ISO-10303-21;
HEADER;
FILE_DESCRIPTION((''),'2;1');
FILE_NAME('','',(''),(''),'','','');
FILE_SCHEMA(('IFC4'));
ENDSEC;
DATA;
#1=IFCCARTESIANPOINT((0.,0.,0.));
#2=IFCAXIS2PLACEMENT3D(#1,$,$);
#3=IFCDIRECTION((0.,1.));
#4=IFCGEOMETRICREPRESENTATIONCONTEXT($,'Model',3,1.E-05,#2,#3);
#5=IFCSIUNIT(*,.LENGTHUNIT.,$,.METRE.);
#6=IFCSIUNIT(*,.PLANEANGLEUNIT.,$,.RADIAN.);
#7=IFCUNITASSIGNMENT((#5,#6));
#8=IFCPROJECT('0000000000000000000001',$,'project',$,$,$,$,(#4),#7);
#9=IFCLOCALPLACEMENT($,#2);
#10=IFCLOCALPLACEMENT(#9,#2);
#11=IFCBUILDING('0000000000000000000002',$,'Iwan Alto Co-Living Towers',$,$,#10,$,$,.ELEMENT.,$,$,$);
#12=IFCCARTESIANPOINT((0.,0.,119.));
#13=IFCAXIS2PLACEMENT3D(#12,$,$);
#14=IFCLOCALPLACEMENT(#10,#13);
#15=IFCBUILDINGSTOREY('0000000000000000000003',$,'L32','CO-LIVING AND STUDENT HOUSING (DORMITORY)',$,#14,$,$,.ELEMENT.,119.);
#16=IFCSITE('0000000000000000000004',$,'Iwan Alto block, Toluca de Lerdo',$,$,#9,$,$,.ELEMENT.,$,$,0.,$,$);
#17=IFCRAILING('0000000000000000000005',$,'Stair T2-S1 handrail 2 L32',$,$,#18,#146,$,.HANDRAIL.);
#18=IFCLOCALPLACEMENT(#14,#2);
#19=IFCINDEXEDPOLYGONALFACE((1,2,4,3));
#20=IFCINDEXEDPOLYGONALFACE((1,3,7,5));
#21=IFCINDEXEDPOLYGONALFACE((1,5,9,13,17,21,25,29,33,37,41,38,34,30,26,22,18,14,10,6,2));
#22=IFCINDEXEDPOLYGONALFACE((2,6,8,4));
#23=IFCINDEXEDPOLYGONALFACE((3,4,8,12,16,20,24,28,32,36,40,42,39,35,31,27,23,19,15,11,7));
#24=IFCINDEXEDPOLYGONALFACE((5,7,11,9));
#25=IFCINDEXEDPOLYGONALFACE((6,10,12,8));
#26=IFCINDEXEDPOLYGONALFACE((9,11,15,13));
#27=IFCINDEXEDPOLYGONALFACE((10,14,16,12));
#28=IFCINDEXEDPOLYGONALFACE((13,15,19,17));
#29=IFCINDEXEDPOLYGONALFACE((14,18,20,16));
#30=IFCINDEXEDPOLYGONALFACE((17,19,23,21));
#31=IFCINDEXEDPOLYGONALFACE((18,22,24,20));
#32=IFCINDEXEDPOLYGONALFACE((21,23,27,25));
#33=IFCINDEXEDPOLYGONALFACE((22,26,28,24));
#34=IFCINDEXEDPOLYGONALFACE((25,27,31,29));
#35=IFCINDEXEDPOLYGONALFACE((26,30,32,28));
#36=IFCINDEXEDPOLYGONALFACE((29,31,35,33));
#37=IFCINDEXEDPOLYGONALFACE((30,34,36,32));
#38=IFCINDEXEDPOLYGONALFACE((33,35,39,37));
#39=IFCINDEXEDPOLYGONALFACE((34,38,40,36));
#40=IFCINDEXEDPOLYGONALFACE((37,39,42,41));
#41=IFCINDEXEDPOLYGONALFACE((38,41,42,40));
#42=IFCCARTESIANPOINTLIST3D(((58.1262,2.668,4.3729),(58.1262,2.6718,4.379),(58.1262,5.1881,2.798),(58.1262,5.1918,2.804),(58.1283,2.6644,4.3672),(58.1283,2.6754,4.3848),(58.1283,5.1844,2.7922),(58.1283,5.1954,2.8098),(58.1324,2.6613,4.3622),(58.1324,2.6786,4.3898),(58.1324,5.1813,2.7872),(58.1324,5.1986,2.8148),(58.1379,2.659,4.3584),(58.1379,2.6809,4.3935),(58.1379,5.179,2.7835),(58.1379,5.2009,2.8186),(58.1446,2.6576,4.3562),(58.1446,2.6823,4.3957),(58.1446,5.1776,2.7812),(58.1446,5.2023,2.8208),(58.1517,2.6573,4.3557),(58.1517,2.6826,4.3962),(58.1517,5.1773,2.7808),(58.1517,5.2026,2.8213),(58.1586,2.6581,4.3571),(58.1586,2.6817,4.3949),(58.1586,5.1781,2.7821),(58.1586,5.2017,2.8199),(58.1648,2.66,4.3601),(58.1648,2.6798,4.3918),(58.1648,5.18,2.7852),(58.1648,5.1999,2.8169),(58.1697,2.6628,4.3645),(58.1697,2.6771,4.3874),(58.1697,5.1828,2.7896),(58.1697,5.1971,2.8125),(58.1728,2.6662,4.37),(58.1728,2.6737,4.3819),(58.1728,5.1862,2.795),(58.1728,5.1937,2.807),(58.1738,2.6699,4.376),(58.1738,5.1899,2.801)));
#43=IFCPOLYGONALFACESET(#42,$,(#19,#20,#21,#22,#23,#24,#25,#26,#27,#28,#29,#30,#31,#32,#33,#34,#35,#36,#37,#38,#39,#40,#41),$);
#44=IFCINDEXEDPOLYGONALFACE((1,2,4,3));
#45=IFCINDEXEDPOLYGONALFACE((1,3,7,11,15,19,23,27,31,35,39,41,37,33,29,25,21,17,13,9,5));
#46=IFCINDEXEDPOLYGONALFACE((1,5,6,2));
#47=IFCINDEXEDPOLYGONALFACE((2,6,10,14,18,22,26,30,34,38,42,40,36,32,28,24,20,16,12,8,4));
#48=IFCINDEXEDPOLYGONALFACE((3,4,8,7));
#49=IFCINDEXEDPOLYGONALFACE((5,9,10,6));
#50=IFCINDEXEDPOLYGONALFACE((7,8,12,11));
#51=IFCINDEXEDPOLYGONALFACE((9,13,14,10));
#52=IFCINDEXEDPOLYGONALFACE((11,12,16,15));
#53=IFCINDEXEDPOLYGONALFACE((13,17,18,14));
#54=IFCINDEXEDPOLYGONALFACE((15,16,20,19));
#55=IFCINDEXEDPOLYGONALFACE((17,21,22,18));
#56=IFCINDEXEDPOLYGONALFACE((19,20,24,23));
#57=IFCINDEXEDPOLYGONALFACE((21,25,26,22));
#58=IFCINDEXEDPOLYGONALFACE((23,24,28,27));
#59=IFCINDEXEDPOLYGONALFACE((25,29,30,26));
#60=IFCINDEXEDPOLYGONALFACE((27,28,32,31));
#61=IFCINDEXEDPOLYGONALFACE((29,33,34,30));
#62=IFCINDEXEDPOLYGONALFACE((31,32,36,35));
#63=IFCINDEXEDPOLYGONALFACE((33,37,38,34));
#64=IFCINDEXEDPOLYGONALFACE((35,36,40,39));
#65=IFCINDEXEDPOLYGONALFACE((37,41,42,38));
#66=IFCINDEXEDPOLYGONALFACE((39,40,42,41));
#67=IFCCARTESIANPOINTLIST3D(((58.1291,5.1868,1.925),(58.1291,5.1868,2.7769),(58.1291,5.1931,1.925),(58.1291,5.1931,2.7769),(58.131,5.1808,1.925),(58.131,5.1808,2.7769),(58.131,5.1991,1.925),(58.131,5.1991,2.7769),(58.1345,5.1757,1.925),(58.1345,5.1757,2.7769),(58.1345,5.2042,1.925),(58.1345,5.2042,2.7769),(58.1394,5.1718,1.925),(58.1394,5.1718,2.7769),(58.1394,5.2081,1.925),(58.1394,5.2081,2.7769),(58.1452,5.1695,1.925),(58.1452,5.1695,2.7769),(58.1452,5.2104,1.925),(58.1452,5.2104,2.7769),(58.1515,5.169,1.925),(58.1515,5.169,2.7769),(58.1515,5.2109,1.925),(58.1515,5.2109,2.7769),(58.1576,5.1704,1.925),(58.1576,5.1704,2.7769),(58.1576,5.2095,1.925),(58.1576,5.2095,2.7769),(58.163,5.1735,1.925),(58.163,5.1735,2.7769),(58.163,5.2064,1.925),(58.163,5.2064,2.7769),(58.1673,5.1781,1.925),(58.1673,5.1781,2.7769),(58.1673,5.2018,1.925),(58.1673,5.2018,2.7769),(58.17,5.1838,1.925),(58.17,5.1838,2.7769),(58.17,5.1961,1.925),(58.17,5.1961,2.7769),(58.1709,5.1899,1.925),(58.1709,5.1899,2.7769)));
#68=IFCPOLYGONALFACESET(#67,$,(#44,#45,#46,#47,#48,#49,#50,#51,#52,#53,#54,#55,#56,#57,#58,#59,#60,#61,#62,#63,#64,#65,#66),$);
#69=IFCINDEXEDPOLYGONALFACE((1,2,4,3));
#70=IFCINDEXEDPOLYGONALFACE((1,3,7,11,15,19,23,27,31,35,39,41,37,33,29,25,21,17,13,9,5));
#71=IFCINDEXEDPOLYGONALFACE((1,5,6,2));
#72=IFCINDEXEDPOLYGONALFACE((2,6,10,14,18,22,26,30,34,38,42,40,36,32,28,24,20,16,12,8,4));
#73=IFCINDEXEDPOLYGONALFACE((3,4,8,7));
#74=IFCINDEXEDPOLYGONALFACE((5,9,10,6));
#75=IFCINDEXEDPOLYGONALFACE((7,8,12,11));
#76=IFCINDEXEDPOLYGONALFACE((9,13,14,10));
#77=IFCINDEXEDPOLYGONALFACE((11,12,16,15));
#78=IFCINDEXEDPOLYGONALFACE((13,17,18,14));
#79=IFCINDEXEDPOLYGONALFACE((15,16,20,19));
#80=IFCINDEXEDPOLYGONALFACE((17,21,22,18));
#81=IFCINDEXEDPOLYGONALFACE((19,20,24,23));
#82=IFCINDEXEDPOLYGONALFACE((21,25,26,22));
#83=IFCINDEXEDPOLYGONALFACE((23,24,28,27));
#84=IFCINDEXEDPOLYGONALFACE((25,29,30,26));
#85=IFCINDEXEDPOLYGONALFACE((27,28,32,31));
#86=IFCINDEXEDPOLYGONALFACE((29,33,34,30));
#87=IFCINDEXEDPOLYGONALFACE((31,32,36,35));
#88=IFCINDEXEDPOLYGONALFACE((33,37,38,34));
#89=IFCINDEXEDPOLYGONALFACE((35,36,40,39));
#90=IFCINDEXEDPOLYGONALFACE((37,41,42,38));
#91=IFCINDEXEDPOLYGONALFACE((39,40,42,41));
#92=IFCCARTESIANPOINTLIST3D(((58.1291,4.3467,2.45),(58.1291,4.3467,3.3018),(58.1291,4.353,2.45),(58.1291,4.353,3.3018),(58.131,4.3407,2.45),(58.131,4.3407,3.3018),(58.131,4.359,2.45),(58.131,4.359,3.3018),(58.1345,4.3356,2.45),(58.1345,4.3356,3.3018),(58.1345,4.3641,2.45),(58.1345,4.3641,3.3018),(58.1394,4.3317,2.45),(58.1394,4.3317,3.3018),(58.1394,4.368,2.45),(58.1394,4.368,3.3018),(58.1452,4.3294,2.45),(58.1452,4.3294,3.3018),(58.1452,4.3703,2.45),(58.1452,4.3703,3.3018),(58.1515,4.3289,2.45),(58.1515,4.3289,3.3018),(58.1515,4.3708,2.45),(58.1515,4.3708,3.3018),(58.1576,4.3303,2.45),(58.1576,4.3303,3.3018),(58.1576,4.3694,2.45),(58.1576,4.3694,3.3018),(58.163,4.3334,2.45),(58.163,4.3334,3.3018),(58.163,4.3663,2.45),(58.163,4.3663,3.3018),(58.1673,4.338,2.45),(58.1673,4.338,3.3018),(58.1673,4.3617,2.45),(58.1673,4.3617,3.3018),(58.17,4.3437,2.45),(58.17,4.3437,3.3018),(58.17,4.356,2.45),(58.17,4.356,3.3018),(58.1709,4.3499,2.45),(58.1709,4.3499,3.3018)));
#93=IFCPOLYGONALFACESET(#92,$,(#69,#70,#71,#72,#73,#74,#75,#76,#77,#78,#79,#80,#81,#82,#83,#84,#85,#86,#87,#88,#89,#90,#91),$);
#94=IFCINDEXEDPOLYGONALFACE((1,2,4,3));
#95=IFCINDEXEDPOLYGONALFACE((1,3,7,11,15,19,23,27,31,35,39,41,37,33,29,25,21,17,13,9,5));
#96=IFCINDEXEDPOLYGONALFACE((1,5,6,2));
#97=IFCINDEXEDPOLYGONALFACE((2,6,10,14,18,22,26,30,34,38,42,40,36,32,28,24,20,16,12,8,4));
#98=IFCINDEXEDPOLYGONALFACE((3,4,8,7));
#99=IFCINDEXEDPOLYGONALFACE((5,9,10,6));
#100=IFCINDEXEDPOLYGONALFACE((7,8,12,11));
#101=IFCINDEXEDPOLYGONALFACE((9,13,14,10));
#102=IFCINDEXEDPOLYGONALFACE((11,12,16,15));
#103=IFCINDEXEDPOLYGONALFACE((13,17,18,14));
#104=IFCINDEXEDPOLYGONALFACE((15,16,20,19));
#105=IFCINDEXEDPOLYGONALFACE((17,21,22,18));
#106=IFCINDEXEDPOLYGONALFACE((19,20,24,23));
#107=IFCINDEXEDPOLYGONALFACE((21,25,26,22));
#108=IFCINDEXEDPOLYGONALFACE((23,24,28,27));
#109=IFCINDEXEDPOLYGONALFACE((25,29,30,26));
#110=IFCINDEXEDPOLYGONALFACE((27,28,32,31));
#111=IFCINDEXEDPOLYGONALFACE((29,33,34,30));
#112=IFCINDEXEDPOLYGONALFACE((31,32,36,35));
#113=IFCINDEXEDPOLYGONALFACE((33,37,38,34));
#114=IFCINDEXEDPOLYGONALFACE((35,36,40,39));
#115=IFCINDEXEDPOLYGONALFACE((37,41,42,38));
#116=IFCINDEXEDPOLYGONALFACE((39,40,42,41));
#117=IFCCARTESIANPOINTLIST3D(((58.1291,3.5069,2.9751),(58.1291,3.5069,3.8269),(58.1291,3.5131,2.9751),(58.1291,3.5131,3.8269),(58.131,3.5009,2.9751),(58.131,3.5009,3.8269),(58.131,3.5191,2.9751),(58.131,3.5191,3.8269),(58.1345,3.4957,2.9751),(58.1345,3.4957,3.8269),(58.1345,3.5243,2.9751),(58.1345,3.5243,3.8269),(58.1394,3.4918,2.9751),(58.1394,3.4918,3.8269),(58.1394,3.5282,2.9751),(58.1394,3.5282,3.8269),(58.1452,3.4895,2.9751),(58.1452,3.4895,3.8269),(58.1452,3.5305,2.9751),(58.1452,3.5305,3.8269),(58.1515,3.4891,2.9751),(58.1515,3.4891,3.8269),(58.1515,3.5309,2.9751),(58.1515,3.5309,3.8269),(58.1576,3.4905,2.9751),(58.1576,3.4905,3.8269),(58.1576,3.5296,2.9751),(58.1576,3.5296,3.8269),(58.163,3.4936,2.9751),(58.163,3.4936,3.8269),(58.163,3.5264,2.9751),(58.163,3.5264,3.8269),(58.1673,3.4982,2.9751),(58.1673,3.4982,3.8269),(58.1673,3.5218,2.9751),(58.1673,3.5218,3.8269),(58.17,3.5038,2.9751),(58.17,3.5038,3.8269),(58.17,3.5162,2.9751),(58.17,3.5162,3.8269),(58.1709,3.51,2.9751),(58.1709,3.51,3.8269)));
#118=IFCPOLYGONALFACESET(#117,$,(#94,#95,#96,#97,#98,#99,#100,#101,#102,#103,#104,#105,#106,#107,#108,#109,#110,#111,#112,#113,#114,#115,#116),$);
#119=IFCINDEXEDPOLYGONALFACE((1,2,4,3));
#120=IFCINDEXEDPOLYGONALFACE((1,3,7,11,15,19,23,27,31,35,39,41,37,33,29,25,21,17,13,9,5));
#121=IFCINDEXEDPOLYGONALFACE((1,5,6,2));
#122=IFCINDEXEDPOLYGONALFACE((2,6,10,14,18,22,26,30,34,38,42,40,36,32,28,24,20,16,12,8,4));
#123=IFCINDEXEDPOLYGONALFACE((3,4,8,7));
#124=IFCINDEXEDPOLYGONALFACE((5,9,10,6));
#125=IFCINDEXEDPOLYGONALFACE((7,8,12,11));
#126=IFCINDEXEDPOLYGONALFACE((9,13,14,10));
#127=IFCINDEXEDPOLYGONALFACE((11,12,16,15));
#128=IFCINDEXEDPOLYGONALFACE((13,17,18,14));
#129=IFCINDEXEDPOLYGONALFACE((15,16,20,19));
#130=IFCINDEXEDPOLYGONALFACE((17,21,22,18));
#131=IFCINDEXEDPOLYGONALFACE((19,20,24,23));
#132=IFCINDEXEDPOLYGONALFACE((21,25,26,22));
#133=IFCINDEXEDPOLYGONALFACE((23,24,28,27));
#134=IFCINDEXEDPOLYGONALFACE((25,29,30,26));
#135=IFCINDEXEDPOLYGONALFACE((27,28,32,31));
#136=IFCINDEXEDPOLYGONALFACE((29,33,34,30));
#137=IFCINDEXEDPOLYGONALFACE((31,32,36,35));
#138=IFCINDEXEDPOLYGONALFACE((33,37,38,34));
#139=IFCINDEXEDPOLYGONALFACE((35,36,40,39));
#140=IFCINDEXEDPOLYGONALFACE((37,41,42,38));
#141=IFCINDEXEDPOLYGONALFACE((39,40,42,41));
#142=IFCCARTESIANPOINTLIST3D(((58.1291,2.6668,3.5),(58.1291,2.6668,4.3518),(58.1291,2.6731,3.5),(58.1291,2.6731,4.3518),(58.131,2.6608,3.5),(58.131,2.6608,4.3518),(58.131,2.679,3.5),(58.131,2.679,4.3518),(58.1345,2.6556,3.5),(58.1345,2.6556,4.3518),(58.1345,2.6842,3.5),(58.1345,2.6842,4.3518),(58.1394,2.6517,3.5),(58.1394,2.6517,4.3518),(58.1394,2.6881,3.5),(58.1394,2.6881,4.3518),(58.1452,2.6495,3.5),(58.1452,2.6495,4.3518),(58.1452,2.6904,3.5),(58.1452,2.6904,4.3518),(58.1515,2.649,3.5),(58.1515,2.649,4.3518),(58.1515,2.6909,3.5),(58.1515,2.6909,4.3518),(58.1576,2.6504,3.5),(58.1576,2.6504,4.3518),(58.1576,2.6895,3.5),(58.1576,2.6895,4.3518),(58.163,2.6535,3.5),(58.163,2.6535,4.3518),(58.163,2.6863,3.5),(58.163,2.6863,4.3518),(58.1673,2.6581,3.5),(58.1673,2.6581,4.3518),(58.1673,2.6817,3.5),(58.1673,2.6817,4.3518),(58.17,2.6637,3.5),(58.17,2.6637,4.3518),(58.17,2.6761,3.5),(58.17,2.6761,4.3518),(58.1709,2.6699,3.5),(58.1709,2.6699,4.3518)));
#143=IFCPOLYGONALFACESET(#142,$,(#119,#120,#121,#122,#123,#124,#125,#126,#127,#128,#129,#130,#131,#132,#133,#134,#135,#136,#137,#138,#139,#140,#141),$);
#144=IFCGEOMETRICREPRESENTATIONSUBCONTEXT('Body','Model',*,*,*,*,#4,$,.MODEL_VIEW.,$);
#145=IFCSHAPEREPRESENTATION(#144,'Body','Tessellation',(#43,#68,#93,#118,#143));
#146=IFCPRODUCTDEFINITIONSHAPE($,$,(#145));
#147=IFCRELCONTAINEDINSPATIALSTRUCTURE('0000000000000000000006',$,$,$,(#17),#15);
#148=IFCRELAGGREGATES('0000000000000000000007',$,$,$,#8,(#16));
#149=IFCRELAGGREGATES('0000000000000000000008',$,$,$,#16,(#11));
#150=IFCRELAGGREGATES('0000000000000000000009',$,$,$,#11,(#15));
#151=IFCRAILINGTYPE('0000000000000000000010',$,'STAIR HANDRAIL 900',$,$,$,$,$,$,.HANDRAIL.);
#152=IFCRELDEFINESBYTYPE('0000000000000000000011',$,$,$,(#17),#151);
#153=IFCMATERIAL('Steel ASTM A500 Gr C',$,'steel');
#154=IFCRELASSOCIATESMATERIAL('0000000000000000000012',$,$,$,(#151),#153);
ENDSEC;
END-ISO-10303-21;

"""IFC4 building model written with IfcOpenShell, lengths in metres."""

from ifc_helpers import new_model, si_unit, direction, frame, origin, origin_2d, place, context, subcontext, project, spatial, circle, extrude, material, type_object, element, save


model = new_model("IFC4")

# Units and contexts
model_context = context("Model", 3, precision=1e-05, world=origin(), true_north=direction((0.0, 1.0)))
body_context = subcontext(model_context, "Body", "Model", "MODEL_VIEW")
ifc_project = project(units=[si_unit("LENGTHUNIT", "METRE"), si_unit("PLANEANGLEUNIT", "RADIAN")], contexts=[model_context])

# Site, building, storey
site_placement = place(None, origin())
site = spatial("IfcSite", under=ifc_project, at=site_placement, Name="Iwan Alto block, Toluca de Lerdo", CompositionType="ELEMENT", RefElevation=0.0)
building_placement = place(site_placement, origin())
building = spatial("IfcBuilding", under=site, at=building_placement, Name="Iwan Alto Co-Living Towers", CompositionType="ELEMENT")
storey_placement = place(building_placement, frame((0.0, 0.0, 119.0)))
storey = spatial("IfcBuildingStorey", under=building, at=storey_placement, Name="L32", Description="CO-LIVING AND STUDENT HOUSING (DORMITORY)", CompositionType="ELEMENT", Elevation=119.0)

# Railing
ifc_material_1 = material(Name="Steel ASTM A500 Gr C", Category="steel")
railing_type_1 = type_object("IfcRailingType", Name="STAIR HANDRAIL 900", PredefinedType="HANDRAIL", material=ifc_material_1)
railing_1_placement = place(storey_placement, frame((58.1499, 5.1899, 1.925)))
element("IfcRailing", 1, at=railing_1_placement, inside=storey, type_object=railing_type_1, Name="Stair T2-S1 handrail 2 L32", PredefinedType="HANDRAIL", context=body_context, shape_type="SweptSolid", body=[
    extrude(circle(Radius=0.0239, at=origin_2d()), frame((0.0, 0.0, 0.876), z_axis=(0.0, -0.848008, 0.529984), x_axis=(1.0, 0.0, 0.0)), (0.0, 0.0, 1.0), 2.9717),
    extrude(circle(Radius=0.021, at=origin_2d()), origin(), (0.0, 0.0, 1.0), 0.8518),
    extrude(circle(Radius=0.021, at=origin_2d()), frame((0.0, -0.8401, 0.5249)), (0.0, 0.0, 1.0), 0.8518),
    extrude(circle(Radius=0.021, at=origin_2d()), frame((0.0, -1.6799, 1.05)), (0.0, 0.0, 1.0), 0.8518),
    extrude(circle(Radius=0.021, at=origin_2d()), frame((0.0, -2.52, 1.575)), (0.0, 0.0, 1.0), 0.8518),
])

save(model, "model.ifc")
